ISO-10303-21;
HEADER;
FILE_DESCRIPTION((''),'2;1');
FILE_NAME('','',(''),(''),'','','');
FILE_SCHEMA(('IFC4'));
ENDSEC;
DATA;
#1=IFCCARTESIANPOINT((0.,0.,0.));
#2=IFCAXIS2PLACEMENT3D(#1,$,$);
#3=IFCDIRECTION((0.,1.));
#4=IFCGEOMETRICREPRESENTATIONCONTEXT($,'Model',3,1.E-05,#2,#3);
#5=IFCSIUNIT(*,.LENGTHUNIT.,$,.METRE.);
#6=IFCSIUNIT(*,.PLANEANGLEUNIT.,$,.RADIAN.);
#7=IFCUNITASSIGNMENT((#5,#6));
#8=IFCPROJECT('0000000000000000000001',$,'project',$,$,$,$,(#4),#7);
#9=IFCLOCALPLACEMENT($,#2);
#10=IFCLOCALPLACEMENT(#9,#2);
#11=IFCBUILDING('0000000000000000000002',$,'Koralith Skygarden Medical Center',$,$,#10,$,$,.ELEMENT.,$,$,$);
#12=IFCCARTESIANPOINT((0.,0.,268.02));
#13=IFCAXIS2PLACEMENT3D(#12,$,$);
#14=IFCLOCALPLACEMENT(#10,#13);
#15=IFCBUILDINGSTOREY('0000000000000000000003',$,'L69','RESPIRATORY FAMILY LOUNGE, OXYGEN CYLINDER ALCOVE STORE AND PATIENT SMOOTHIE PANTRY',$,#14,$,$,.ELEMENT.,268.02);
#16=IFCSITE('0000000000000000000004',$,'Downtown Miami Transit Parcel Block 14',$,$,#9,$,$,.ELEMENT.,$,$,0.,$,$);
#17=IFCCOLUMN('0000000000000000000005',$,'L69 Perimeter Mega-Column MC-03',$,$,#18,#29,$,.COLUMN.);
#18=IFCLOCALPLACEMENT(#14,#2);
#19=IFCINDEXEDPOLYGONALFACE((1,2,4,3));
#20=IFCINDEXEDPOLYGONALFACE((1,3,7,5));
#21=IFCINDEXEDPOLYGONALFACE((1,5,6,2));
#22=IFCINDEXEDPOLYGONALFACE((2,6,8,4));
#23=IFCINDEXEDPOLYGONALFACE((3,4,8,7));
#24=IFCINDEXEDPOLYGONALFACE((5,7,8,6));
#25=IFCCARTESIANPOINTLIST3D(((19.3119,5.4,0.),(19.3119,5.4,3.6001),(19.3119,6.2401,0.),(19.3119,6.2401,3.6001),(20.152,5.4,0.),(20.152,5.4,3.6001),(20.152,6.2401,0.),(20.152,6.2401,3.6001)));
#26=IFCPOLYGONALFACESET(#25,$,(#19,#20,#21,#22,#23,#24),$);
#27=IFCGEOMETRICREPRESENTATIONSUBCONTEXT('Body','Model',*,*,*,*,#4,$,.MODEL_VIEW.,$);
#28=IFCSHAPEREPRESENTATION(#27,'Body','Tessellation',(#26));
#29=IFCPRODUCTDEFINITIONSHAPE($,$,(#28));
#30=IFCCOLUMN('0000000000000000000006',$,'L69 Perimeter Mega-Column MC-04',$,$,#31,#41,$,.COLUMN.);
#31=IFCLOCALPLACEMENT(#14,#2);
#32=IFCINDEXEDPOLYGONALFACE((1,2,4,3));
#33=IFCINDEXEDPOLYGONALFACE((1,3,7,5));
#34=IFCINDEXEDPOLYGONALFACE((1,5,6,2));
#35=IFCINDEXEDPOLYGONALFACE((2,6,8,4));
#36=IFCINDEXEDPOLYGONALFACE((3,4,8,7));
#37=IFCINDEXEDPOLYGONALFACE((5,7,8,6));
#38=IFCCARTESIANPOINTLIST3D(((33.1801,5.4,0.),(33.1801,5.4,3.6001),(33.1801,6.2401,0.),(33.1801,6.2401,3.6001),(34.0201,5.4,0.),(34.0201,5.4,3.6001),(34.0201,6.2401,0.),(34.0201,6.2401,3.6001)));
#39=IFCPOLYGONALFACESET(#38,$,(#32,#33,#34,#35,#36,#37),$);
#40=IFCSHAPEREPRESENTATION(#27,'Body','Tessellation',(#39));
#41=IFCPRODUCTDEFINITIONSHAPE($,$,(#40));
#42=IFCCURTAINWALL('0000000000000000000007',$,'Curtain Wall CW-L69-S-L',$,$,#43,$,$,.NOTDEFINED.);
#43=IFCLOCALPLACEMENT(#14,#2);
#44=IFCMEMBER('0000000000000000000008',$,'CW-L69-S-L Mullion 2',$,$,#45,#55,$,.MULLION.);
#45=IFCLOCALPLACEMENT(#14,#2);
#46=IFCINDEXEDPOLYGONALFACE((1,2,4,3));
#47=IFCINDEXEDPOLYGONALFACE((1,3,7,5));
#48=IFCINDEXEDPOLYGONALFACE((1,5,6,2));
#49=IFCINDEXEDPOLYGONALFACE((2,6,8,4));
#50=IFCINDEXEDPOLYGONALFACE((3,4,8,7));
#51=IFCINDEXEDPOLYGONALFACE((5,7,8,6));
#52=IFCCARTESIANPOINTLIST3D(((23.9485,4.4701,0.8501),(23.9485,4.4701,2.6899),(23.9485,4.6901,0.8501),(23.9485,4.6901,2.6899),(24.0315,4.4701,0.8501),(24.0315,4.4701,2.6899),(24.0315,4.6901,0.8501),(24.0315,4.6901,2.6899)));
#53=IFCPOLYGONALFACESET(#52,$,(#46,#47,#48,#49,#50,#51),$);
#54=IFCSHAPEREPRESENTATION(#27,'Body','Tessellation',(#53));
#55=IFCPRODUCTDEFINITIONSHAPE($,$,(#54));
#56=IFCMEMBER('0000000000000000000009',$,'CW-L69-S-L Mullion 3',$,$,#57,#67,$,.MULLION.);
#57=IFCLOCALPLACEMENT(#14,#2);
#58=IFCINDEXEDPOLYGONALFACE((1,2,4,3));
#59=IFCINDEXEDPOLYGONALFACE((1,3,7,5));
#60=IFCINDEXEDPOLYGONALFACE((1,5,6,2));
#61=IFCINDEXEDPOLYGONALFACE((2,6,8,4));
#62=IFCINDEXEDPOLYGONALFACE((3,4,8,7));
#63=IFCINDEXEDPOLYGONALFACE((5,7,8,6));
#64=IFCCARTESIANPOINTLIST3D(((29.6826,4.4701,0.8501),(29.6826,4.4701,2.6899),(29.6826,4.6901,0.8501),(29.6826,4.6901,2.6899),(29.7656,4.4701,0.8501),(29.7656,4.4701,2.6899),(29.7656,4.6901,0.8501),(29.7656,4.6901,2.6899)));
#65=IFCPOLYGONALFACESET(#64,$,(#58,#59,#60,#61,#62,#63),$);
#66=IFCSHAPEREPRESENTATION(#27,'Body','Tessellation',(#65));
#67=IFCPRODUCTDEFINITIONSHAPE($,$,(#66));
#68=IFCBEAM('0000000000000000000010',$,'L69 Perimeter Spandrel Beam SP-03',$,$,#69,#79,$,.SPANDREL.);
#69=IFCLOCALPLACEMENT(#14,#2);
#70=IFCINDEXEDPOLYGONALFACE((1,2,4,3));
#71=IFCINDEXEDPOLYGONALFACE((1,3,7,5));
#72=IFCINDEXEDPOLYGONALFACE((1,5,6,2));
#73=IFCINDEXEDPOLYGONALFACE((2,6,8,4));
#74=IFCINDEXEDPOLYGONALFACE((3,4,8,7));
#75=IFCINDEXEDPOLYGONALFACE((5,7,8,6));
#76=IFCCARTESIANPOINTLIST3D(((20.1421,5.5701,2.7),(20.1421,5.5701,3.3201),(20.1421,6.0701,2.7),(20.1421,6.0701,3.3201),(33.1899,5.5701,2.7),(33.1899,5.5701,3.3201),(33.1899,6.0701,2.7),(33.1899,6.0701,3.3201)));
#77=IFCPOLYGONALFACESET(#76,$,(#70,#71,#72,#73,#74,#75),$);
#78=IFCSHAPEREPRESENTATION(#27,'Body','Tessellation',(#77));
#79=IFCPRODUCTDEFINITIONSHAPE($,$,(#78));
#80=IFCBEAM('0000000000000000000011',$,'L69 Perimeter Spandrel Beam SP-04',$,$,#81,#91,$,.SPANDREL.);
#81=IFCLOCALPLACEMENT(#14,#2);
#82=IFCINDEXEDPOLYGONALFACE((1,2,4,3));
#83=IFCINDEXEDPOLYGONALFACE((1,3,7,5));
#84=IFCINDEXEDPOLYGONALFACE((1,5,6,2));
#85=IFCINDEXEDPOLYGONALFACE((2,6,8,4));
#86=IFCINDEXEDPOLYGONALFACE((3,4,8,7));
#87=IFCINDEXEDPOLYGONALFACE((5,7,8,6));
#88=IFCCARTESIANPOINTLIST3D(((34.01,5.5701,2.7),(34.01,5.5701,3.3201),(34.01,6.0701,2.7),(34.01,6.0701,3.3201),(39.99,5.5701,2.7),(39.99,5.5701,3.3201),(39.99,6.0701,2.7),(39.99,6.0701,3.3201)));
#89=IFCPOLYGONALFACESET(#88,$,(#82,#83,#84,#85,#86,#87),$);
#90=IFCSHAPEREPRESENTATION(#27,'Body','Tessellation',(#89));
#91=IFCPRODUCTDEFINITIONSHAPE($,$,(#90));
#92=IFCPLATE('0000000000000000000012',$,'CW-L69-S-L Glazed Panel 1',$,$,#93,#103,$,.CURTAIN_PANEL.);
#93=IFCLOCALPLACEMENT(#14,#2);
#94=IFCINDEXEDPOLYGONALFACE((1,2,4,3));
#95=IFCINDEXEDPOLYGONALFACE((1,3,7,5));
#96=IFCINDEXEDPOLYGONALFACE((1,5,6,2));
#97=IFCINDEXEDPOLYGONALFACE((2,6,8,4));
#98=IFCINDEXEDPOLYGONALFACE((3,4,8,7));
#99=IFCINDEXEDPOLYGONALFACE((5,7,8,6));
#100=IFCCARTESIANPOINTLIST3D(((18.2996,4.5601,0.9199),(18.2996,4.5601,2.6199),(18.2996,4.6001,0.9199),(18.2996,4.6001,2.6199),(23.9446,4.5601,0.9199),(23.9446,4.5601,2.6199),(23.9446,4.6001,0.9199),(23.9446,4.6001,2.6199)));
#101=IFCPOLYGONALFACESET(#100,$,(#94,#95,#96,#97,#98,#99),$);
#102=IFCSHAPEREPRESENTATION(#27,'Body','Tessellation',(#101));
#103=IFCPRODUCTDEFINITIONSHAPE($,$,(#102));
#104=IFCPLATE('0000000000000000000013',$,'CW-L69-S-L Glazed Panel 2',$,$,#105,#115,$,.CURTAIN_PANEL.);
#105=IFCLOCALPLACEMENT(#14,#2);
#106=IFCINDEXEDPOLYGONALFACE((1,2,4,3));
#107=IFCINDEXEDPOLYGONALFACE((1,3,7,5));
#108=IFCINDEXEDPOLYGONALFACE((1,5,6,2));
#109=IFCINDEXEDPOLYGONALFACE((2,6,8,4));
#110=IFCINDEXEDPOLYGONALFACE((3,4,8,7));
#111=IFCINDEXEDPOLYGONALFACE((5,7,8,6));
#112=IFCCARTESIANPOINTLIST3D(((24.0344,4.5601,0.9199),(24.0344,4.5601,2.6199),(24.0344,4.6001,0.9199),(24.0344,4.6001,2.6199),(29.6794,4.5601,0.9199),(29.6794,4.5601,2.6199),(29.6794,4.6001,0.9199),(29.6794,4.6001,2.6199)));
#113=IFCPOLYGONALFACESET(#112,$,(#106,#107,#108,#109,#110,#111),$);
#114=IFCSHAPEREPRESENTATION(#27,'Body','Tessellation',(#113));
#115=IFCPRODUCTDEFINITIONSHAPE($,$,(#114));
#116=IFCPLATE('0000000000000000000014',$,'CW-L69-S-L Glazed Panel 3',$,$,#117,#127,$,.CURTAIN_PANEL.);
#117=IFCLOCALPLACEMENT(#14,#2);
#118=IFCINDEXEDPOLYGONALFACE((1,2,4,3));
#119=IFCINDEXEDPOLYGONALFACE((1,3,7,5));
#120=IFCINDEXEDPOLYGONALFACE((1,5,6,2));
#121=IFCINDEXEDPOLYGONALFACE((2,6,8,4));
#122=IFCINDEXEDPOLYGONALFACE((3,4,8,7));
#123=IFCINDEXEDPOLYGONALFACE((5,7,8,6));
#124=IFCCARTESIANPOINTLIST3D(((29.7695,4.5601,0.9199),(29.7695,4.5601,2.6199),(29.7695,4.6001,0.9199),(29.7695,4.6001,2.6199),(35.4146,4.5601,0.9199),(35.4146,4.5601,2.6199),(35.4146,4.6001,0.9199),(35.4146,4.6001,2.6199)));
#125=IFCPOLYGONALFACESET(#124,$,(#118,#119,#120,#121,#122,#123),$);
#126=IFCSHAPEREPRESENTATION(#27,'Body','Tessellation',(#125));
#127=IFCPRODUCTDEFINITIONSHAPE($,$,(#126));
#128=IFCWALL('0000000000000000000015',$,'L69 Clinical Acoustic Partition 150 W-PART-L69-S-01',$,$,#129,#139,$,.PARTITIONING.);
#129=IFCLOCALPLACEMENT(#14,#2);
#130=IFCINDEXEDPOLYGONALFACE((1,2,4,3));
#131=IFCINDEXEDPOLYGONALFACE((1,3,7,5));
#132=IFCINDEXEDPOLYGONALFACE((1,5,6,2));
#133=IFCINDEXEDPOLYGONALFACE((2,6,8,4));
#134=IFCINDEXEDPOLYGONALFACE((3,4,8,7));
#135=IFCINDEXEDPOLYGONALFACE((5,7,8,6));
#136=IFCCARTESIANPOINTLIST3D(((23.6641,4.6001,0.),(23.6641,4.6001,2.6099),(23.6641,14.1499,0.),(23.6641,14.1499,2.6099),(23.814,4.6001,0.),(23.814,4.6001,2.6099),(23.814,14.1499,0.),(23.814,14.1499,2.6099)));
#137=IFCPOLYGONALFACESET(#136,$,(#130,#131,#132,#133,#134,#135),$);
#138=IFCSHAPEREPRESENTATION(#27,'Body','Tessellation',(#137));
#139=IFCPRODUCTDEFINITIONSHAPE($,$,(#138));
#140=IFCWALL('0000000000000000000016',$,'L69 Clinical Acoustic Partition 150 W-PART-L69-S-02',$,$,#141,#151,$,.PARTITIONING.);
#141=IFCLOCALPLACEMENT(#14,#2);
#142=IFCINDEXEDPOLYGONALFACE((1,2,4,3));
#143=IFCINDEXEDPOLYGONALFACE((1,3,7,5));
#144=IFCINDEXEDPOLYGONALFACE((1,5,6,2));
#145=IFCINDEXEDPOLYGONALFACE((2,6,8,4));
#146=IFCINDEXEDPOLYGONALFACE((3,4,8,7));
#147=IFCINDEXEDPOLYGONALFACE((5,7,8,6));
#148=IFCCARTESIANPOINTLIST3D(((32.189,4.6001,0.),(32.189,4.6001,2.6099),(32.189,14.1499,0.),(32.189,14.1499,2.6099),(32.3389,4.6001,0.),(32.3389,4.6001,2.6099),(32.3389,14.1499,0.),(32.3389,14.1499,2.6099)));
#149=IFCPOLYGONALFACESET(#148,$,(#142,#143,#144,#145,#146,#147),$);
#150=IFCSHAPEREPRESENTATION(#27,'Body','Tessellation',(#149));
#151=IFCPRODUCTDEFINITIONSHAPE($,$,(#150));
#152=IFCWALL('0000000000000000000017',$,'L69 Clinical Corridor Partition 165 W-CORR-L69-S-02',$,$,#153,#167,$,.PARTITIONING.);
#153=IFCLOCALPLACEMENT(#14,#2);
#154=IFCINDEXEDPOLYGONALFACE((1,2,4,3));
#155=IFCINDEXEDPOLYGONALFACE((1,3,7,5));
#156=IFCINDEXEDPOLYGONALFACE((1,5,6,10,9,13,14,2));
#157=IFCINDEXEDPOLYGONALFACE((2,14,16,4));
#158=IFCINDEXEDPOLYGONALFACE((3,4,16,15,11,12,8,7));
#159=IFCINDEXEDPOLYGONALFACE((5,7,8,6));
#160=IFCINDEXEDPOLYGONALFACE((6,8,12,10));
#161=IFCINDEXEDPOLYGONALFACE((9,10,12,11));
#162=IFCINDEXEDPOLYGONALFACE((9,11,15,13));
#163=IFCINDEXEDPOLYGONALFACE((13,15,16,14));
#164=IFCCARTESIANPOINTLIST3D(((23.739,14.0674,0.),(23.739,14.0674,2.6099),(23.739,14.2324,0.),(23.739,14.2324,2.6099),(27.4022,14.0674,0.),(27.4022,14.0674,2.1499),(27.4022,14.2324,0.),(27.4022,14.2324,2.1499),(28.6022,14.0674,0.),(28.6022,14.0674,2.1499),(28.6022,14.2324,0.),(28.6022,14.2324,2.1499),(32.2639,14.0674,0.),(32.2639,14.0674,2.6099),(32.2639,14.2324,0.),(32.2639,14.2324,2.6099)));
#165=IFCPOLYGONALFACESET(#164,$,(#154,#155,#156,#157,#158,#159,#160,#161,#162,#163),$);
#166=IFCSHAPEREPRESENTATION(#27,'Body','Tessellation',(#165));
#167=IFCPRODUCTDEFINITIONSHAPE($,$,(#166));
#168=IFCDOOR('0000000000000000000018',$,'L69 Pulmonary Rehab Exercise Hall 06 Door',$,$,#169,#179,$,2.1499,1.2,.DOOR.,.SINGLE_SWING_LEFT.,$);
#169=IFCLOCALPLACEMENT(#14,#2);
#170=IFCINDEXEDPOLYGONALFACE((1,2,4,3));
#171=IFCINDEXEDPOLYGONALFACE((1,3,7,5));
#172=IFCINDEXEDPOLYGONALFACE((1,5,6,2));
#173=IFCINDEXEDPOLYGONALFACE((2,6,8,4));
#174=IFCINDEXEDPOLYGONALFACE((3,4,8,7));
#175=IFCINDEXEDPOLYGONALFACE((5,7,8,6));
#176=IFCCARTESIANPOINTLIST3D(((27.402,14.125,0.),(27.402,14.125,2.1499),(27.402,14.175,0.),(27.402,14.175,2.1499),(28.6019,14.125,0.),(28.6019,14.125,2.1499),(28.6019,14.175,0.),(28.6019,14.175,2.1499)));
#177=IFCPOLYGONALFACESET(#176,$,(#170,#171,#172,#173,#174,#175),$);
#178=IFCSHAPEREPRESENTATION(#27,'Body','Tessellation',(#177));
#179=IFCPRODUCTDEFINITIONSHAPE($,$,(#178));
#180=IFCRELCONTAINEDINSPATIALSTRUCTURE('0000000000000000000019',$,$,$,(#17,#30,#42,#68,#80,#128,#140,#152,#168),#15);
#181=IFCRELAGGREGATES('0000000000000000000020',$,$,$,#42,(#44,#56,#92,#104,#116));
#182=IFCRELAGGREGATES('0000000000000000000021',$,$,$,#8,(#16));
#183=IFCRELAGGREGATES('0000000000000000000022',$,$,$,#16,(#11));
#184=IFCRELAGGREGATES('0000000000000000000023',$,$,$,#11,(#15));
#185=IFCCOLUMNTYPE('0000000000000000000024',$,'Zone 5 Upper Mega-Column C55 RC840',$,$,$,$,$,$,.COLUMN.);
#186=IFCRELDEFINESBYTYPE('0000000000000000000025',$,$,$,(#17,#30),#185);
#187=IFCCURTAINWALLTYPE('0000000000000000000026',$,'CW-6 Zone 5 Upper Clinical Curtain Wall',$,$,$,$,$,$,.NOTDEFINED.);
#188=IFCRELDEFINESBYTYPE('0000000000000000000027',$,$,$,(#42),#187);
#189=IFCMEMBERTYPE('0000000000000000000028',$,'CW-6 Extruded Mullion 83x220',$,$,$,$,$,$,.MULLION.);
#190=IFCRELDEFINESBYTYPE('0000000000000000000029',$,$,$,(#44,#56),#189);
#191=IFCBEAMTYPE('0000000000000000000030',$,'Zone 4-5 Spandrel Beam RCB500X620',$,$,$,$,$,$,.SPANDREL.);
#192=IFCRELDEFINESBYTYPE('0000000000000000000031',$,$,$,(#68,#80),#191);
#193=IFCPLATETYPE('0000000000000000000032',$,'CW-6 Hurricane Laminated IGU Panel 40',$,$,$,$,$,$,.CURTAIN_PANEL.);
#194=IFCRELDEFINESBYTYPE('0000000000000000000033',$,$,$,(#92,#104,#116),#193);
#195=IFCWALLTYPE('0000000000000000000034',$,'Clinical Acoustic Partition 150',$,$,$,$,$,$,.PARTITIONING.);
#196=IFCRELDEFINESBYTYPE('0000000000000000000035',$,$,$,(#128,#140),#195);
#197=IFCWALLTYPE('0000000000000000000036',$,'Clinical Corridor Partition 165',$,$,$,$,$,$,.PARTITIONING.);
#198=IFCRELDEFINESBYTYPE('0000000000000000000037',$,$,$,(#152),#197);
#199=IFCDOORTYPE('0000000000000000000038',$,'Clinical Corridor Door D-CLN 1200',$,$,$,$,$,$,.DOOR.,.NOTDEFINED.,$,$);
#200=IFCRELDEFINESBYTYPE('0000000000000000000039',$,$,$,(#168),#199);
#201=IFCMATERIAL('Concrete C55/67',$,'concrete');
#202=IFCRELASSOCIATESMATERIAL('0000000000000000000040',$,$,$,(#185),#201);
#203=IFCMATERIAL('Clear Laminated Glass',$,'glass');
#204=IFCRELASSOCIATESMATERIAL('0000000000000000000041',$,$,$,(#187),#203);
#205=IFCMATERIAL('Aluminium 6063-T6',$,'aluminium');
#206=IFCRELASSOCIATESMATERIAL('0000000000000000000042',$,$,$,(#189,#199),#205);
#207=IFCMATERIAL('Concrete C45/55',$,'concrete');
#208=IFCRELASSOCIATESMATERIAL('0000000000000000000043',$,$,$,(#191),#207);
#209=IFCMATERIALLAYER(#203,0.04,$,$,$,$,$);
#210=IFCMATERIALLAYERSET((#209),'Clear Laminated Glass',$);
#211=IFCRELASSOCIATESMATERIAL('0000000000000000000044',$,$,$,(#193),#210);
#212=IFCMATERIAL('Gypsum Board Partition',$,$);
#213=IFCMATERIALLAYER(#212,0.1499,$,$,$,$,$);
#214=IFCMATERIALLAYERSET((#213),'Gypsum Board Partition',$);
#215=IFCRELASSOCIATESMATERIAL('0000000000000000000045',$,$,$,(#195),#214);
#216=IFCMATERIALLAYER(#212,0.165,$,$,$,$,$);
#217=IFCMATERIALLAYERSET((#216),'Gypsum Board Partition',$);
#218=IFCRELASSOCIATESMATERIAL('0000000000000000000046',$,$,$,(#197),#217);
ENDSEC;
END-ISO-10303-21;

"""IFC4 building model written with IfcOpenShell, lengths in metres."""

from ifc_helpers import new_model, si_unit, direction, frame, frame_2d, origin, origin_2d, place, context, subcontext, project, spatial, rectangle, extrude, material, layer, layer_set, material_profile, profile_set, type_object, element, fill, aggregate, save


model = new_model("IFC4")

# Units and contexts
model_context = context("Model", 3, precision=1e-05, world=origin(), true_north=direction((0.0, 1.0)))
body_context = subcontext(model_context, "Body", "Model", "MODEL_VIEW")
ifc_project = project(units=[si_unit("LENGTHUNIT", "METRE"), si_unit("PLANEANGLEUNIT", "RADIAN")], contexts=[model_context])

# Site, building, storey
site_placement = place(None, origin())
site = spatial("IfcSite", under=ifc_project, at=site_placement, Name="Downtown Miami Transit Parcel Block 14", CompositionType="ELEMENT", RefElevation=0.0)
building_placement = place(site_placement, origin())
building = spatial("IfcBuilding", under=site, at=building_placement, Name="Koralith Skygarden Medical Center", CompositionType="ELEMENT")
storey_placement = place(building_placement, frame((0.0, 0.0, 268.02)))
storey = spatial("IfcBuildingStorey", under=building, at=storey_placement, Name="L69", Description="RESPIRATORY FAMILY LOUNGE, OXYGEN CYLINDER ALCOVE STORE AND PATIENT SMOOTHIE PANTRY", CompositionType="ELEMENT", Elevation=268.02)

# Columns
ifc_material_1 = material(Name="Concrete C55/67", Category="concrete")
ifc_material_profile_1 = material_profile(ifc_material_1, rectangle(XDim=0.8401, YDim=0.8401, at=origin_2d()), Name="RC840X840")
ifc_profile_set_1 = profile_set([ifc_material_profile_1], Name="Concrete C55/67")
column_type = type_object("IfcColumnType", Name="Zone 5 Upper Mega-Column C55 RC840", PredefinedType="COLUMN", material=ifc_profile_set_1)
for number, where, z_axis, x_axis, name in (
    (1, (19.7319, 5.8201, 0.0), (0.0, 0.0, 1.0), (1.0, 0.0, 0.0), "L69 Perimeter Mega-Column MC-03"),
    (2, (33.6001, 5.8201, 0.0), (0.0, 0.0, 1.0), (1.0, 0.0, 0.0), "L69 Perimeter Mega-Column MC-04"),
):
    element("IfcColumn", number, at=place(storey_placement, frame(where, z_axis=z_axis, x_axis=x_axis)), inside=storey, type_object=column_type, Name=name, PredefinedType="COLUMN", context=body_context, shape_type="SweptSolid", body=[
        extrude(rectangle(XDim=0.8401, YDim=0.8401, at=origin_2d()), origin(), (0.0, 0.0, 1.0), 3.6001),
    ])

# Curtain wall, members
ifc_material_2 = material(Name="Clear Laminated Glass", Category="glass")
curtain_wall_type = type_object("IfcCurtainWallType", Name="CW-6 Zone 5 Upper Clinical Curtain Wall", PredefinedType="NOTDEFINED", material=ifc_material_2)
curtain_wall_placement = place(storey_placement, origin())
curtain_wall = element("IfcCurtainWall", 3, at=curtain_wall_placement, inside=storey, type_object=curtain_wall_type, Name="Curtain Wall CW-L69-S-L", PredefinedType="NOTDEFINED")
ifc_material_3 = material(Name="Aluminium 6063-T6", Category="aluminium")
ifc_material_profile_2 = material_profile(ifc_material_3, rectangle(XDim=0.083, YDim=0.22, at=origin_2d()), Name="MUL83X220")
ifc_profile_set_2 = profile_set([ifc_material_profile_2], Name="Aluminium 6063-T6")
member_type = type_object("IfcMemberType", Name="CW-6 Extruded Mullion 83x220", PredefinedType="MULLION", material=ifc_profile_set_2)
member_1_placement = place(storey_placement, frame((23.99, 4.5801, 0.8501), z_axis=(0.0, 0.0, 1.0), x_axis=(1.0, 0.0, 0.0)))
member_1 = element("IfcMember", 4, at=member_1_placement, type_object=member_type, Name="CW-L69-S-L Mullion 2", PredefinedType="MULLION", context=body_context, shape_type="SweptSolid", body=[
    extrude(rectangle(XDim=0.083, YDim=0.22, at=origin_2d()), origin(), (0.0, 0.0, 1.0), 1.8398),
])
member_2_placement = place(storey_placement, frame((29.7241, 4.5801, 0.8501), z_axis=(0.0, 0.0, 1.0), x_axis=(1.0, 0.0, 0.0)))
member_2 = element("IfcMember", 5, at=member_2_placement, type_object=member_type, Name="CW-L69-S-L Mullion 3", PredefinedType="MULLION", context=body_context, shape_type="SweptSolid", body=[
    extrude(rectangle(XDim=0.083, YDim=0.22, at=origin_2d()), origin(), (0.0, 0.0, 1.0), 1.8398),
])

# Beams
ifc_material_4 = material(Name="Concrete C45/55", Category="concrete")
ifc_material_profile_3 = material_profile(ifc_material_4, rectangle(XDim=0.5, YDim=0.6201, at=origin_2d()), Name="RCB500X620")
ifc_profile_set_3 = profile_set([ifc_material_profile_3], Name="Concrete C45/55")
beam_type = type_object("IfcBeamType", Name="Zone 4-5 Spandrel Beam RCB500X620", PredefinedType="SPANDREL", material=ifc_profile_set_3)
beam_1_placement = place(storey_placement, frame((20.1421, 5.8201, 3.01), z_axis=(1.0, 0.0, 0.0), x_axis=(0.0, 1.0, 0.0)))
element("IfcBeam", 6, at=beam_1_placement, inside=storey, type_object=beam_type, Name="L69 Perimeter Spandrel Beam SP-03", PredefinedType="SPANDREL", context=body_context, shape_type="SweptSolid", body=[
    extrude(rectangle(XDim=0.5, YDim=0.6201, at=origin_2d()), origin(), (0.0, 0.0, 1.0), 13.0479),
])
beam_2_placement = place(storey_placement, frame((34.01, 5.8201, 3.01), z_axis=(1.0, 0.0, 0.0), x_axis=(0.0, 1.0, 0.0)))
element("IfcBeam", 7, at=beam_2_placement, inside=storey, type_object=beam_type, Name="L69 Perimeter Spandrel Beam SP-04", PredefinedType="SPANDREL", context=body_context, shape_type="SweptSolid", body=[
    extrude(rectangle(XDim=0.5, YDim=0.6201, at=origin_2d()), origin(), (0.0, 0.0, 1.0), 5.98),
])

# Plates
ifc_layer_1 = layer(ifc_material_2, 0.04)
ifc_layer_set_1 = layer_set([ifc_layer_1], Name="Clear Laminated Glass")
plate_type = type_object("IfcPlateType", Name="CW-6 Hurricane Laminated IGU Panel 40", PredefinedType="CURTAIN_PANEL", material=ifc_layer_set_1)
plate_1_placement = place(storey_placement, frame((21.1221, 4.5801, 0.9199), z_axis=(0.0, 0.0, 1.0), x_axis=(1.0, 0.0, 0.0)))
plate_1 = element("IfcPlate", 8, at=plate_1_placement, type_object=plate_type, Name="CW-L69-S-L Glazed Panel 1", PredefinedType="CURTAIN_PANEL", context=body_context, shape_type="SweptSolid", body=[
    extrude(rectangle(XDim=5.645, YDim=0.04, at=origin_2d()), origin(), (0.0, 0.0, 1.0), 1.7),
])
plate_2_placement = place(storey_placement, frame((26.8569, 4.5801, 0.9199), z_axis=(0.0, 0.0, 1.0), x_axis=(1.0, 0.0, 0.0)))
plate_2 = element("IfcPlate", 9, at=plate_2_placement, type_object=plate_type, Name="CW-L69-S-L Glazed Panel 2", PredefinedType="CURTAIN_PANEL", context=body_context, shape_type="SweptSolid", body=[
    extrude(rectangle(XDim=5.645, YDim=0.04, at=origin_2d()), origin(), (0.0, 0.0, 1.0), 1.7),
])
plate_3_placement = place(storey_placement, frame((32.592, 4.5801, 0.9199), z_axis=(0.0, 0.0, 1.0), x_axis=(1.0, 0.0, 0.0)))
plate_3 = element("IfcPlate", 10, at=plate_3_placement, type_object=plate_type, Name="CW-L69-S-L Glazed Panel 3", PredefinedType="CURTAIN_PANEL", context=body_context, shape_type="SweptSolid", body=[
    extrude(rectangle(XDim=5.645, YDim=0.04, at=origin_2d()), origin(), (0.0, 0.0, 1.0), 1.7),
])
aggregate(curtain_wall, [member_1, member_2, plate_1, plate_2, plate_3])

# Walls
ifc_material_5 = material(Name="Gypsum Board Partition")
ifc_layer_2 = layer(ifc_material_5, 0.1499)
ifc_layer_set_2 = layer_set([ifc_layer_2], Name="Gypsum Board Partition")
wall_type_1 = type_object("IfcWallType", Name="Clinical Acoustic Partition 150", PredefinedType="PARTITIONING", material=ifc_layer_set_2)
for number, where, z_axis, x_axis, name in (
    (11, (23.739, 14.1499, 0.0), (0.0, 0.0, 1.0), (0.0, -1.0, 0.0), "L69 Clinical Acoustic Partition 150 W-PART-L69-S-01"),
    (12, (32.2639, 14.1499, 0.0), (0.0, 0.0, 1.0), (0.0, -1.0, 0.0), "L69 Clinical Acoustic Partition 150 W-PART-L69-S-02"),
):
    element("IfcWall", number, at=place(storey_placement, frame(where, z_axis=z_axis, x_axis=x_axis)), inside=storey, type_object=wall_type_1, Name=name, PredefinedType="PARTITIONING", context=body_context, shape_type="SweptSolid", body=[
        extrude(rectangle(XDim=9.5498, YDim=0.1499, at=frame_2d((4.7749, 0.0))), origin(), (0.0, 0.0, 1.0), 2.6099),
    ])

# Wall, opening, door
ifc_layer_3 = layer(ifc_material_5, 0.165)
ifc_layer_set_3 = layer_set([ifc_layer_3], Name="Gypsum Board Partition")
wall_type_2 = type_object("IfcWallType", Name="Clinical Corridor Partition 165", PredefinedType="PARTITIONING", material=ifc_layer_set_3)
door_type = type_object("IfcDoorType", Name="Clinical Corridor Door D-CLN 1200", OperationType="NOTDEFINED", PredefinedType="DOOR", material=ifc_material_3)
wall_1_placement = place(storey_placement, frame((23.739, 14.1499, 0.0), z_axis=(0.0, 0.0, 1.0), x_axis=(1.0, 0.0, 0.0)))
wall_1 = element("IfcWall", 13, at=wall_1_placement, inside=storey, type_object=wall_type_2, Name="L69 Clinical Corridor Partition 165 W-CORR-L69-S-02", PredefinedType="PARTITIONING", context=body_context, shape_type="SweptSolid", body=[
    extrude(rectangle(XDim=8.5249, YDim=0.165, at=frame_2d((4.2625, 0.0))), origin(), (0.0, 0.0, 1.0), 2.6099),
])
opening_1_placement = place(wall_1_placement, frame((3.6631, 0.0, 0.0)))
opening_1 = element("IfcOpeningElement", 14, at=opening_1_placement, cuts=wall_1, PredefinedType="OPENING", context=body_context, shape_type="SweptSolid", body=[
    extrude(rectangle(XDim=1.2, YDim=2.1499, at=frame_2d((0.6001, 1.075))), frame((0.0, 0.0925, 0.0), z_axis=(0.0, -1.0, 0.0), x_axis=(1.0, 0.0, 0.0)), (0.0, 0.0, 1.0), 0.1851),
])
door_1_placement = place(opening_1_placement, frame((1.2, 0.0, 0.0), z_axis=(0.0, 0.0, 1.0), x_axis=(-1.0, 0.0, 0.0)))
door_1 = element("IfcDoor", 15, at=door_1_placement, inside=storey, type_object=door_type, Name="L69 Pulmonary Rehab Exercise Hall 06 Door", OperationType="SINGLE_SWING_LEFT", OverallHeight=2.1499, OverallWidth=1.2, PredefinedType="DOOR", context=body_context, shape_type="SweptSolid", body=[
    extrude(rectangle(XDim=1.2, YDim=2.1499, at=frame_2d((0.6001, 1.075))), frame((0.0, 0.0249, 0.0), z_axis=(0.0, -1.0, 0.0), x_axis=(1.0, 0.0, 0.0)), (0.0, 0.0, 1.0), 0.05),
])
fill(opening_1, door_1)

save(model, "model.ifc")
